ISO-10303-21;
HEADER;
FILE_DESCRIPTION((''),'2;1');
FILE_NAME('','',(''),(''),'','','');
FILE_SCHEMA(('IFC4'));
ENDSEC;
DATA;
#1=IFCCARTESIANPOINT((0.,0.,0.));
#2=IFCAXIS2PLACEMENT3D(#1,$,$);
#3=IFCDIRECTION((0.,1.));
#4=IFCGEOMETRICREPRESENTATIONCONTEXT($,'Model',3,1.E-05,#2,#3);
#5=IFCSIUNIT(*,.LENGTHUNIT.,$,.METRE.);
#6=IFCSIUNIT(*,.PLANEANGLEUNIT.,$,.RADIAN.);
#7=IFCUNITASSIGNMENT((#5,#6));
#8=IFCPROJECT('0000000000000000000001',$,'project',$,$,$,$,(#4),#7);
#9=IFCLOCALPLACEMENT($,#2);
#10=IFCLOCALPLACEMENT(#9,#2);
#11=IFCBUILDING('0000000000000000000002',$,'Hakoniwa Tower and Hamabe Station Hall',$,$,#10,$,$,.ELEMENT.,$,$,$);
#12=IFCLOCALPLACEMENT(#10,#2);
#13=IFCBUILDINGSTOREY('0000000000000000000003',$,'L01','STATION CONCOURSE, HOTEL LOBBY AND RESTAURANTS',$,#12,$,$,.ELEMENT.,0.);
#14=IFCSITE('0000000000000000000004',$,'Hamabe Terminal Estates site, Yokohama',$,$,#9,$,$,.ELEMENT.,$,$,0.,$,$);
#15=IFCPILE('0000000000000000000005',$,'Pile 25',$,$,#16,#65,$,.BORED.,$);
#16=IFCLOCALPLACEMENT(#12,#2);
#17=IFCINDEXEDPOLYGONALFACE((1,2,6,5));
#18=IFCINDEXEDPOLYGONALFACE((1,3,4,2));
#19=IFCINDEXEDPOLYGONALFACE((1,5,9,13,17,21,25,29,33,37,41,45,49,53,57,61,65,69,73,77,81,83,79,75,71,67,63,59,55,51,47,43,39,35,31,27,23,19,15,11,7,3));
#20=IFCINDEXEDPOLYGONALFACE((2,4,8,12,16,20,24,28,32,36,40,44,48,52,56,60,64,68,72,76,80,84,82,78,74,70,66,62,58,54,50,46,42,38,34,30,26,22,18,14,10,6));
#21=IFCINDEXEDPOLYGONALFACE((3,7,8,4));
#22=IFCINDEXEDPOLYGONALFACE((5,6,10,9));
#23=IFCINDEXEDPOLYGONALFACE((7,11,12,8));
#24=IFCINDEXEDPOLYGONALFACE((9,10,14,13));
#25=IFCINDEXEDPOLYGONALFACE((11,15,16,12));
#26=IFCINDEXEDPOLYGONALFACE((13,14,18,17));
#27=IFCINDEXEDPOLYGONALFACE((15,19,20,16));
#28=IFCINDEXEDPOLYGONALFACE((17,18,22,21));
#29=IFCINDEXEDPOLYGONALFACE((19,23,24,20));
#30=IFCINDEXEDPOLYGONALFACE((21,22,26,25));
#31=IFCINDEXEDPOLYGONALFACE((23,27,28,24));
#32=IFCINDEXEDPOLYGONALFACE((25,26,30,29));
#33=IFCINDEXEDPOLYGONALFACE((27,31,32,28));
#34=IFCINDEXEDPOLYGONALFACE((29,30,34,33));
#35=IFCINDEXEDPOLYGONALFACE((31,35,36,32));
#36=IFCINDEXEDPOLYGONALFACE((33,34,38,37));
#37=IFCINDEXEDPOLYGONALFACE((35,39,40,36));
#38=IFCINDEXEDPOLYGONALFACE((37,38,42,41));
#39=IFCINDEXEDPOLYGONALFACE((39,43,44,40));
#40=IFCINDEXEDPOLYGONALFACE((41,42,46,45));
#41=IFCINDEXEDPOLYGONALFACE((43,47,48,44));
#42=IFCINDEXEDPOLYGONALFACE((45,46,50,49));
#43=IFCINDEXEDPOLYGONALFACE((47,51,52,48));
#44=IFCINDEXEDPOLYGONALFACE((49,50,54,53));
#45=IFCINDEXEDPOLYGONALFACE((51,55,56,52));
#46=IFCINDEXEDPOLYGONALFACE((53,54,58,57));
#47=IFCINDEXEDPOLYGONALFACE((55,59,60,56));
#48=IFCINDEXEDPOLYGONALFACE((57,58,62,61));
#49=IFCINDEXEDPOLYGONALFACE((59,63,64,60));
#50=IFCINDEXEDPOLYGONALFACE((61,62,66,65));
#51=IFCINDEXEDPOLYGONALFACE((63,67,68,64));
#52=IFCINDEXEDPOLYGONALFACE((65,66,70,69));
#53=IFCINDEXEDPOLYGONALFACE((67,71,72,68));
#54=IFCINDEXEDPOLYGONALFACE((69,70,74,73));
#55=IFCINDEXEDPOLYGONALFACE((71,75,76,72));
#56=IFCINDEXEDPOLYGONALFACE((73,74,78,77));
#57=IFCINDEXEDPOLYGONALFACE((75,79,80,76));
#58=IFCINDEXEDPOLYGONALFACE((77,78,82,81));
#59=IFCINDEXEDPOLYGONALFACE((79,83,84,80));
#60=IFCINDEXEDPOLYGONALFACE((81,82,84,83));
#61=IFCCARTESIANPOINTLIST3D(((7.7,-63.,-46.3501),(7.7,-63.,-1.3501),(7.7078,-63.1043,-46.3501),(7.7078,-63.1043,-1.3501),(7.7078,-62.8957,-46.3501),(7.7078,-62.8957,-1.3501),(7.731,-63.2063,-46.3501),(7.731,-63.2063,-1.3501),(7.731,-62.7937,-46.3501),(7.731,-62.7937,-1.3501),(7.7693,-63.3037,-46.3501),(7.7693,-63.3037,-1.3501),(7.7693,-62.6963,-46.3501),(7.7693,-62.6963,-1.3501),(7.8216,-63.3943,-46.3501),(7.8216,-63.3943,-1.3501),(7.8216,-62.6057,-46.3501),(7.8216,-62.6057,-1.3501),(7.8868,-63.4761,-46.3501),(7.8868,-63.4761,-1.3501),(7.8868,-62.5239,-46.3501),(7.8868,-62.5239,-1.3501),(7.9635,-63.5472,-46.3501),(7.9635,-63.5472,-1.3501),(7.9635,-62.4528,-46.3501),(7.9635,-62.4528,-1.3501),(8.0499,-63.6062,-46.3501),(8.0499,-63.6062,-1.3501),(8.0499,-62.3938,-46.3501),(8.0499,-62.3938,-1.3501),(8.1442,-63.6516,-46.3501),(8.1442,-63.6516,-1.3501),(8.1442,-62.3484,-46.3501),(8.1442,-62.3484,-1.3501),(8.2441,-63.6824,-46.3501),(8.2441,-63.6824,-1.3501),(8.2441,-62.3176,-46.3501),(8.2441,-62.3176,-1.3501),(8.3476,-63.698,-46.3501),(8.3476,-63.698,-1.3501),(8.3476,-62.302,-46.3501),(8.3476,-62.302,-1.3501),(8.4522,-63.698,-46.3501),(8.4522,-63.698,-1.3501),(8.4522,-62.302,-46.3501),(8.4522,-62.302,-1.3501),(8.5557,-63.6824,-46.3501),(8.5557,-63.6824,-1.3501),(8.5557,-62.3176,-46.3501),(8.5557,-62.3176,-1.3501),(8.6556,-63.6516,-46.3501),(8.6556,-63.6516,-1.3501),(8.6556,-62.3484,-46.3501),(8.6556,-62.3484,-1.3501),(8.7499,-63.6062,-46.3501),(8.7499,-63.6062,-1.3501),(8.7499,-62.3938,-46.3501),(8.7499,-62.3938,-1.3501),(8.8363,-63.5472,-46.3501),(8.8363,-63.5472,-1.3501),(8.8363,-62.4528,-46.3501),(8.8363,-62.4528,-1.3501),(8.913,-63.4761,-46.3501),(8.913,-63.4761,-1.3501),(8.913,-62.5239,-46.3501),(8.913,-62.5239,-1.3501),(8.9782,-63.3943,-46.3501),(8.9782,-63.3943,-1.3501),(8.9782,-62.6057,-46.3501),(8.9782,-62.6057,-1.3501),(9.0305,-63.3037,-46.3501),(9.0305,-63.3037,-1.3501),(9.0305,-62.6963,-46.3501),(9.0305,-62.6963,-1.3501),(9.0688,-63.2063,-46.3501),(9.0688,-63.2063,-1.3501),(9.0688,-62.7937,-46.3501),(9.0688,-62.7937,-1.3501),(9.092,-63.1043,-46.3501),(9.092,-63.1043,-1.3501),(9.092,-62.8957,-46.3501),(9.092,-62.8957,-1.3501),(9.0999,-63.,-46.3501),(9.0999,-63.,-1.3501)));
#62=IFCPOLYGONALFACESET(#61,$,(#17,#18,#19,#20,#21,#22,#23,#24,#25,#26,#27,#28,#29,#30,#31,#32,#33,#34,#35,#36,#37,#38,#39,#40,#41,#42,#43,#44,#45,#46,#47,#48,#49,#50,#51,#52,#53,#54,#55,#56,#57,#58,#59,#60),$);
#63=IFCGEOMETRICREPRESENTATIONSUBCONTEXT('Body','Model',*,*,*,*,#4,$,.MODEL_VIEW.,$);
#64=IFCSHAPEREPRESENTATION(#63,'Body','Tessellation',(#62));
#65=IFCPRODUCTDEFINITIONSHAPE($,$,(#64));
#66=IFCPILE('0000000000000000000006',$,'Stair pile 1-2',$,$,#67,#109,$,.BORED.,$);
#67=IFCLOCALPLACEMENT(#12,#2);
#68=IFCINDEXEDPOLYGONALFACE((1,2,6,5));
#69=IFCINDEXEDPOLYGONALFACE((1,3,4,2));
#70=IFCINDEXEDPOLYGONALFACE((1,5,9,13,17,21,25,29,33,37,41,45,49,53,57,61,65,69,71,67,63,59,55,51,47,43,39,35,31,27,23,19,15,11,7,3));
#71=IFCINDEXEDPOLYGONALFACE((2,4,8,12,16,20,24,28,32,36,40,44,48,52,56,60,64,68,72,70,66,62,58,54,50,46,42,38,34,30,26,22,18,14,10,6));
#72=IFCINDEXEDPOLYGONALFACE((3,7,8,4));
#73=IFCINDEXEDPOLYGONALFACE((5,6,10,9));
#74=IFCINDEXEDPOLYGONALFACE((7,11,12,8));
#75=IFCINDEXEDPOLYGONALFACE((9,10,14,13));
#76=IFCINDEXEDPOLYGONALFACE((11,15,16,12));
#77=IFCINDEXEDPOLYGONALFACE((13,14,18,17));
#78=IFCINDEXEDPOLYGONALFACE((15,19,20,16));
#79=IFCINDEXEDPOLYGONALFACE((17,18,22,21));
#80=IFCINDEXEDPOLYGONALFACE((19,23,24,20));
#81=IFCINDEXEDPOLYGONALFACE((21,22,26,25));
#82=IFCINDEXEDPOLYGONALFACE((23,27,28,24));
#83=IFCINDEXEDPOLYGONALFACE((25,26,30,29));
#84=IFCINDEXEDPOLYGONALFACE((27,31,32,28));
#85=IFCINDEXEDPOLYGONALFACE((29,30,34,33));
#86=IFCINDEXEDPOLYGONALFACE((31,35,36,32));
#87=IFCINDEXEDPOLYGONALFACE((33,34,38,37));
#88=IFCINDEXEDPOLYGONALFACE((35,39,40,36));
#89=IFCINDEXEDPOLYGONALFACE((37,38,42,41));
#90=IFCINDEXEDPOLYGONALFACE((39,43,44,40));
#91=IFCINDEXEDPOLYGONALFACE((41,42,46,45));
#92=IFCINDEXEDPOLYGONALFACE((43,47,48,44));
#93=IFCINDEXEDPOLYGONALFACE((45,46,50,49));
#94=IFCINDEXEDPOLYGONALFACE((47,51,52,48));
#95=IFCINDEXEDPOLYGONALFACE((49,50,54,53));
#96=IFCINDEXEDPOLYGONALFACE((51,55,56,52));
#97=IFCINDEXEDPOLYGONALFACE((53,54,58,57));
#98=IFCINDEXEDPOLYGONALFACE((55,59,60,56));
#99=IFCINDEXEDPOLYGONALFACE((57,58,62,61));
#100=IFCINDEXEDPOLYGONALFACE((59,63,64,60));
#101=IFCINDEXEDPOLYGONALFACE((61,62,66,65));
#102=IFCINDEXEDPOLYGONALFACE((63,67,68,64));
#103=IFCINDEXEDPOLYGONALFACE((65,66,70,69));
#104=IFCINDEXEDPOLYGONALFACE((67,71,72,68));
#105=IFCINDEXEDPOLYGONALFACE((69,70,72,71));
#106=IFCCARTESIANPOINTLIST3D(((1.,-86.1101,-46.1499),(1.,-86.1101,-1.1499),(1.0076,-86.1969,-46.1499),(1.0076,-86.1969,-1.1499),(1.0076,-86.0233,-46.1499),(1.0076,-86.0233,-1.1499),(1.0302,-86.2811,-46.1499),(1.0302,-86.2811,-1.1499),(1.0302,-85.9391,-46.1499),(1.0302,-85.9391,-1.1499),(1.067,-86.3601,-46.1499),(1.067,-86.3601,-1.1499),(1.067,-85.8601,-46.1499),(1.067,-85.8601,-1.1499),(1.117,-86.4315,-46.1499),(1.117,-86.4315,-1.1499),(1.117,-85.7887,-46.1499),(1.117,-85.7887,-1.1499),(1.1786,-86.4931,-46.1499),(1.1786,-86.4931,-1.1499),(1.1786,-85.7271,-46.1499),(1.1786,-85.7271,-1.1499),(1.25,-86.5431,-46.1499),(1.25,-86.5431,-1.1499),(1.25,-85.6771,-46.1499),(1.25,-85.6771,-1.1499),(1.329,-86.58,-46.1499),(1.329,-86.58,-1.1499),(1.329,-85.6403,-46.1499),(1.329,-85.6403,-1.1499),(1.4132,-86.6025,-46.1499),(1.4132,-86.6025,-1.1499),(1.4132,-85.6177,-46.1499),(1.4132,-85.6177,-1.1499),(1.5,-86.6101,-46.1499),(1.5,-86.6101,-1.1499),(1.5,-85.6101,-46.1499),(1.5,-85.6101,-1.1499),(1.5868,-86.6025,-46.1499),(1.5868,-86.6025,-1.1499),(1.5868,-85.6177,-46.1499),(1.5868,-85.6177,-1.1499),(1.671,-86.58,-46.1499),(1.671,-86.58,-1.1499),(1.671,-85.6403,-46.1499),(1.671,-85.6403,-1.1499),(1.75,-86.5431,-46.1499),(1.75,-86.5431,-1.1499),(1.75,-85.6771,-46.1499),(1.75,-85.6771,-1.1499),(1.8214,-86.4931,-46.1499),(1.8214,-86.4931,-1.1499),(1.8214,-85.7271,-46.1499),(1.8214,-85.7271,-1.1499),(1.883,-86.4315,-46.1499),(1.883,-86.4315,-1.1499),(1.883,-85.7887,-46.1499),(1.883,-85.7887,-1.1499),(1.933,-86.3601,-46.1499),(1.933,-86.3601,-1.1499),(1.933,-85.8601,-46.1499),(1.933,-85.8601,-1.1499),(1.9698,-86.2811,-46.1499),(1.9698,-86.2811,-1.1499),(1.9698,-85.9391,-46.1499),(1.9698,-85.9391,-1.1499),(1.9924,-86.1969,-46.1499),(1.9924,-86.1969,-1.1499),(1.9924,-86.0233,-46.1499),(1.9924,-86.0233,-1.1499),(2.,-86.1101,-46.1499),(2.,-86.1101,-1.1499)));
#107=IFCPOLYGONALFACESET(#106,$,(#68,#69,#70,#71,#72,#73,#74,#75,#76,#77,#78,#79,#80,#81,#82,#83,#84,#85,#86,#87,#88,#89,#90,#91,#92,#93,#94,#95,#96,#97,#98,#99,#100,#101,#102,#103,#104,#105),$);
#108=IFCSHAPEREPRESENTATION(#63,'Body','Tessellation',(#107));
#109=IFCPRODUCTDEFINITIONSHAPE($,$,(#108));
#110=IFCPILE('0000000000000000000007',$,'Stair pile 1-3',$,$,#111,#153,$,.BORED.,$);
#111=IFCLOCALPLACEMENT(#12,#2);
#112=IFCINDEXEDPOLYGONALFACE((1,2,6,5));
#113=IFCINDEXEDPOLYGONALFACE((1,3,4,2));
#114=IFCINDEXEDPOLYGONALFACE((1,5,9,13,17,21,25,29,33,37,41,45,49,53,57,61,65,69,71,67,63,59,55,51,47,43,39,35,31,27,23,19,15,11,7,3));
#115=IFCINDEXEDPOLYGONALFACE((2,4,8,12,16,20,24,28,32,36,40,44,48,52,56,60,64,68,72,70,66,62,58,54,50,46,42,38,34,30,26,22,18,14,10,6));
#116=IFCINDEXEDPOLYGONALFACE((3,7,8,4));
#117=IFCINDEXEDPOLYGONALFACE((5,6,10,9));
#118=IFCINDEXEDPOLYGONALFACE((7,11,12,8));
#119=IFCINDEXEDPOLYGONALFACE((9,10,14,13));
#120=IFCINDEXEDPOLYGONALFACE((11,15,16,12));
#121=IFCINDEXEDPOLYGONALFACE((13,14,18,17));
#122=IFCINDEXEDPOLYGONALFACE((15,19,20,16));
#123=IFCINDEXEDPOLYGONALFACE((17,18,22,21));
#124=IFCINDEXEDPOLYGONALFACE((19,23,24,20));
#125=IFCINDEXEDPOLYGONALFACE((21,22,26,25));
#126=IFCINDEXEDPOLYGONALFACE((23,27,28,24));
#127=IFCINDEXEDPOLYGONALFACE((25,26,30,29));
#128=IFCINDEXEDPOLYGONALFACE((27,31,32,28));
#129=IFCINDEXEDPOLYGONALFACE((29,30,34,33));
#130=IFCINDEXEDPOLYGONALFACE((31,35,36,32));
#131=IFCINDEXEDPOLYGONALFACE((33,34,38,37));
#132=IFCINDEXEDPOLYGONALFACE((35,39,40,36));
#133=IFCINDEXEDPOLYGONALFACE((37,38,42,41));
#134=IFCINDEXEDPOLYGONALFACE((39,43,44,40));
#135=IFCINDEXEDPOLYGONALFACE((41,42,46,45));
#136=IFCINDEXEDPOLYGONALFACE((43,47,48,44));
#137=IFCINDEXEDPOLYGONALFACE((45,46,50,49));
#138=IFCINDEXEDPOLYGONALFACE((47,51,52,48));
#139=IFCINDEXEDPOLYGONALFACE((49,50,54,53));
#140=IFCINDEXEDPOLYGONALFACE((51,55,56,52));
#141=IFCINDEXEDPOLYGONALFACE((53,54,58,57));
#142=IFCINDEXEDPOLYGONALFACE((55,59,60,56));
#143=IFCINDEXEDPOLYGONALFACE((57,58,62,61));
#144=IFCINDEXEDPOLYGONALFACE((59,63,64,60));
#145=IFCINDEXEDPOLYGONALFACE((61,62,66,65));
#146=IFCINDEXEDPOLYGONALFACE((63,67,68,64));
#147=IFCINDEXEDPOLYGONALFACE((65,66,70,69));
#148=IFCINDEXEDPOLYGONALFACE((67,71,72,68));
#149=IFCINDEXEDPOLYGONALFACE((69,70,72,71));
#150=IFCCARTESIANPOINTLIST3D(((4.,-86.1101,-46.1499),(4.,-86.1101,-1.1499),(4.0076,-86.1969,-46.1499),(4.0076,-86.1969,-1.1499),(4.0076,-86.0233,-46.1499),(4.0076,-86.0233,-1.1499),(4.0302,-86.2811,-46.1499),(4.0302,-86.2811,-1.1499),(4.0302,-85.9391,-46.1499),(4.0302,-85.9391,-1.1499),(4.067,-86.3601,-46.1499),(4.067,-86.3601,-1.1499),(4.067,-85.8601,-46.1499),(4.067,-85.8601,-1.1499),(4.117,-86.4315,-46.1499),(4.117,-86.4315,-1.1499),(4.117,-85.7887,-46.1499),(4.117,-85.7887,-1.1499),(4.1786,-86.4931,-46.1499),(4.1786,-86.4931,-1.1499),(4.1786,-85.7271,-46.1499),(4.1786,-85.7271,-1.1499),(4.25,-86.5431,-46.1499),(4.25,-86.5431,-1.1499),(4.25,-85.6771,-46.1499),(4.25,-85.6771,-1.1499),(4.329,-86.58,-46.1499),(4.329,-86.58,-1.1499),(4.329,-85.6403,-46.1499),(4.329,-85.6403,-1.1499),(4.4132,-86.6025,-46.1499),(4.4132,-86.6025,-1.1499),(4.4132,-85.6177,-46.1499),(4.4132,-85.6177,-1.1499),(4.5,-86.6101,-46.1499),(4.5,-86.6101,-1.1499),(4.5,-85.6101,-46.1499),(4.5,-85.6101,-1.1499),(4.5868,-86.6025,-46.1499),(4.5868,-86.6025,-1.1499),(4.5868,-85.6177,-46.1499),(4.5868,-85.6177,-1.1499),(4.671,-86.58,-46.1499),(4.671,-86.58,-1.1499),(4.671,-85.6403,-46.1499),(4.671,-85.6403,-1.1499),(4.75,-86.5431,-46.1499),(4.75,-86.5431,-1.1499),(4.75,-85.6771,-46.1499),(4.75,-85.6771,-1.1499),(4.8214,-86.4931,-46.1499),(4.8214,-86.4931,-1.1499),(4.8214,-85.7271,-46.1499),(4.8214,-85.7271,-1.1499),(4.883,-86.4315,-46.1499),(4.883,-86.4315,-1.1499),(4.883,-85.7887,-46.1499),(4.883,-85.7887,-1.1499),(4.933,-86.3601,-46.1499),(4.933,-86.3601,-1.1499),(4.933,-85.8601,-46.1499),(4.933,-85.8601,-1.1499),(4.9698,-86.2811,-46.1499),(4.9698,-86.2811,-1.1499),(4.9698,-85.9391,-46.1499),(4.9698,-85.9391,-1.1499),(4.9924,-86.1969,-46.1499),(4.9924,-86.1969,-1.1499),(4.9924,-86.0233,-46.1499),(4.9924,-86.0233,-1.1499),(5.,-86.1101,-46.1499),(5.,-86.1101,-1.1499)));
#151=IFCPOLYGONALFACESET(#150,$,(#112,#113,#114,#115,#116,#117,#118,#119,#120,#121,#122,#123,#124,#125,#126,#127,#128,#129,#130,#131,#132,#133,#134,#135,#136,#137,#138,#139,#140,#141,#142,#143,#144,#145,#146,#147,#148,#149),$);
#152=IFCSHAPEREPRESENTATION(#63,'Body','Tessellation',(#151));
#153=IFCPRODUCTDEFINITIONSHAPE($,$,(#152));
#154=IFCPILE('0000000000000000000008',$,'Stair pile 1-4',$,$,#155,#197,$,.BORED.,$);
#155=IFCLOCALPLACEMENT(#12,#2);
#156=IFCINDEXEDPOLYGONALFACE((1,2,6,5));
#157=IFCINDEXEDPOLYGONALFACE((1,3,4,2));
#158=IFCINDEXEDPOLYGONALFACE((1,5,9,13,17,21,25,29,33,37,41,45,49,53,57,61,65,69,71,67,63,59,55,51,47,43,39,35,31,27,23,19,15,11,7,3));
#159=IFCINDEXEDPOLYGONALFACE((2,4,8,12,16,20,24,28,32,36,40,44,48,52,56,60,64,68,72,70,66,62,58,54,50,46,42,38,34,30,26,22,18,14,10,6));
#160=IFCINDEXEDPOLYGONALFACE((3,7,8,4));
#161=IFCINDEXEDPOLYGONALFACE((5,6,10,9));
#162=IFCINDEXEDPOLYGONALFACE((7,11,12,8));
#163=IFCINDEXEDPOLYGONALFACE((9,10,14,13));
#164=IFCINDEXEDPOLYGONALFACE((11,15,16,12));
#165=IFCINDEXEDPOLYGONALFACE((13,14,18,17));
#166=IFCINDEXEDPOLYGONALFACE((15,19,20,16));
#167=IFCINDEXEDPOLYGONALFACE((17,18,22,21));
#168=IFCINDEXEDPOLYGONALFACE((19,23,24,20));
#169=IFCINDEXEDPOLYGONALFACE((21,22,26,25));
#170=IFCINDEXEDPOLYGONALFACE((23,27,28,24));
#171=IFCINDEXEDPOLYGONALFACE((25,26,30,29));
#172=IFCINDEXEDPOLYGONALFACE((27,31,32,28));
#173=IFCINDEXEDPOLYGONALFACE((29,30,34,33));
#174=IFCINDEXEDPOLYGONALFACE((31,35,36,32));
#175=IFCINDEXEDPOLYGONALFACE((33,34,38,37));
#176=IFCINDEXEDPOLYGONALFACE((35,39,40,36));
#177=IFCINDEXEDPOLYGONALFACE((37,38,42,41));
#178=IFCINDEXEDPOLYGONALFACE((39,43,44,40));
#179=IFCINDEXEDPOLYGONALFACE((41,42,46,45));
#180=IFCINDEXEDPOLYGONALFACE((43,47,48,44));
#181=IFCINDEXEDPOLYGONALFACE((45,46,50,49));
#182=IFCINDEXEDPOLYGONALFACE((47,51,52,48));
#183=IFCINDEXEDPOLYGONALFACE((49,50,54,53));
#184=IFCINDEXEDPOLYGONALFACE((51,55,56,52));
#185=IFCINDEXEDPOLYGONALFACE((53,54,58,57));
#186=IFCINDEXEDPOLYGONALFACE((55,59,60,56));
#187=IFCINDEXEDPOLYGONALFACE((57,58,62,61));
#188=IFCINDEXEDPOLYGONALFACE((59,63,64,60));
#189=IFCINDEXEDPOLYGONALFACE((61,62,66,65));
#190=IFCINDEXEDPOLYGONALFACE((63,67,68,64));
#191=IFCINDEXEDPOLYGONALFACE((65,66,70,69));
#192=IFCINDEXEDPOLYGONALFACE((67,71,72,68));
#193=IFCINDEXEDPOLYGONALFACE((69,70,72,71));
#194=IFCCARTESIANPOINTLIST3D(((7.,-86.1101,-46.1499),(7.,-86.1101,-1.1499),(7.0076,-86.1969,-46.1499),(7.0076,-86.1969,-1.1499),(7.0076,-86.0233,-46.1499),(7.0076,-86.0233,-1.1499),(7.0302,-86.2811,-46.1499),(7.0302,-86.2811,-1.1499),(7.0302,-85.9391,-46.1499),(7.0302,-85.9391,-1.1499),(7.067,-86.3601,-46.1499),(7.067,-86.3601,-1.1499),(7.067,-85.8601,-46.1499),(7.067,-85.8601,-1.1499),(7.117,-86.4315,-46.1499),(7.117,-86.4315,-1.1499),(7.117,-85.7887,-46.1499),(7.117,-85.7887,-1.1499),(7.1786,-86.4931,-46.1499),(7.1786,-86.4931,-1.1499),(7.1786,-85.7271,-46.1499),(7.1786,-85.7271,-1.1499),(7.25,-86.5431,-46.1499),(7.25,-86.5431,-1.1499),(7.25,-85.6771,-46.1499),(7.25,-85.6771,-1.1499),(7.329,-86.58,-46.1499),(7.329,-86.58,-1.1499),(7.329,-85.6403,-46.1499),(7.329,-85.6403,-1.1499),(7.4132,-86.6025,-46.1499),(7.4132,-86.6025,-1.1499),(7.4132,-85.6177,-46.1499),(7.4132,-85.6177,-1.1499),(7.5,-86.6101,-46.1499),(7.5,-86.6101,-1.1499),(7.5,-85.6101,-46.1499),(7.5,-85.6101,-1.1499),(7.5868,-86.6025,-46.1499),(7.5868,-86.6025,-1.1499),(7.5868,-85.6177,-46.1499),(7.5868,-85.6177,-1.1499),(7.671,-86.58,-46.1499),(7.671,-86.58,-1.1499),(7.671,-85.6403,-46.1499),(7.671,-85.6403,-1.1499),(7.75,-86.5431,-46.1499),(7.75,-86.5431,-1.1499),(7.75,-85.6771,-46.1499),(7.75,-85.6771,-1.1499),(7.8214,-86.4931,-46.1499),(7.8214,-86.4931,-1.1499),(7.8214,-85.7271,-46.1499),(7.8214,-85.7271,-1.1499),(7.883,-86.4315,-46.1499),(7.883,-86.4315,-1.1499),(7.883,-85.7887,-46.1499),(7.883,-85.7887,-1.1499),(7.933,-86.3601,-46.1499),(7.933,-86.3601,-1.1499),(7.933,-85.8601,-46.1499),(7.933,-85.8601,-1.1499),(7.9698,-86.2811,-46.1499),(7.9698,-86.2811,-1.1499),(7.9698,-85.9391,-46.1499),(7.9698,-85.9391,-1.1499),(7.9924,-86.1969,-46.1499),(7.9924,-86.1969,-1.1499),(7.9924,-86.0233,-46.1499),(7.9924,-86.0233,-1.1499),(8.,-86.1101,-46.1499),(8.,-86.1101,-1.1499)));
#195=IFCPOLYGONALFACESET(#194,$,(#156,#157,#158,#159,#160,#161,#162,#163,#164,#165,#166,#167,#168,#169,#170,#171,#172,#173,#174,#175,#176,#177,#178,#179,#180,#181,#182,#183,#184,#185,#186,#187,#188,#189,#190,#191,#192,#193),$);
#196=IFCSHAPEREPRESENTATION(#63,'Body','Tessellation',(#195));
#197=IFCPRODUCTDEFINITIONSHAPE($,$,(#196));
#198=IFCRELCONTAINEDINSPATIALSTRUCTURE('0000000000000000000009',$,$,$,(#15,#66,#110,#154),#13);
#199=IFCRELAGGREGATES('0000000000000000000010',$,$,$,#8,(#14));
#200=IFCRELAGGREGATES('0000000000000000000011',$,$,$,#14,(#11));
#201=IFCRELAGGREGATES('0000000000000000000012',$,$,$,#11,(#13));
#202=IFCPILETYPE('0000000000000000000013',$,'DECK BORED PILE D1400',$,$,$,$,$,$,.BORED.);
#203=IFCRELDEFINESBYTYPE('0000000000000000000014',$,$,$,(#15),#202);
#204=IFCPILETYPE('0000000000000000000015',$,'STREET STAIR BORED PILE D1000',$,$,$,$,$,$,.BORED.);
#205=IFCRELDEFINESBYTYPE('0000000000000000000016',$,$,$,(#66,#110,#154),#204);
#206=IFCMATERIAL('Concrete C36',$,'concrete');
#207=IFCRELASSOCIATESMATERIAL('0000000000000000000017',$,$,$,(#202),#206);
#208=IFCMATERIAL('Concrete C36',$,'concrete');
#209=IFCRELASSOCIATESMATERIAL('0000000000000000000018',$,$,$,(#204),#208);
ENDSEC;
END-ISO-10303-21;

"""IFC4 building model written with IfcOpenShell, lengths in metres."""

from ifc_helpers import new_model, si_unit, direction, frame, origin, origin_2d, place, context, subcontext, project, spatial, circle, extrude, material, material_profile, profile_set, type_object, element, save


model = new_model("IFC4")

# Units and contexts
model_context = context("Model", 3, precision=1e-05, world=origin(), true_north=direction((0.0, 1.0)))
body_context = subcontext(model_context, "Body", "Model", "MODEL_VIEW")
ifc_project = project(units=[si_unit("LENGTHUNIT", "METRE"), si_unit("PLANEANGLEUNIT", "RADIAN")], contexts=[model_context])

# Site, building, storey
site_placement = place(None, origin())
site = spatial("IfcSite", under=ifc_project, at=site_placement, Name="Hamabe Terminal Estates site, Yokohama", CompositionType="ELEMENT", RefElevation=0.0)
building_placement = place(site_placement, origin())
building = spatial("IfcBuilding", under=site, at=building_placement, Name="Hakoniwa Tower and Hamabe Station Hall", CompositionType="ELEMENT")
storey_placement = place(building_placement, origin())
storey = spatial("IfcBuildingStorey", under=building, at=storey_placement, Name="L01", Description="STATION CONCOURSE, HOTEL LOBBY AND RESTAURANTS", CompositionType="ELEMENT", Elevation=0.0)

# Piles
ifc_material_1 = material(Name="Concrete C36", Category="concrete")
ifc_material_profile_1 = material_profile(ifc_material_1, circle(Radius=0.7, at=origin_2d()), Name="DECK BORED PILE D1400")
ifc_profile_set_1 = profile_set([ifc_material_profile_1], Name="Concrete C36")
pile_type_1 = type_object("IfcPileType", Name="DECK BORED PILE D1400", PredefinedType="BORED", material=ifc_profile_set_1)
pile_placement = place(storey_placement, frame((8.3999, -63.0, -1.3501), z_axis=(0.0, 0.0, -1.0), x_axis=(1.0, 0.0, 0.0)))
element("IfcPile", 1, at=pile_placement, inside=storey, type_object=pile_type_1, Name="Pile 25", PredefinedType="BORED", context=body_context, shape_type="SweptSolid", body=[
    extrude(circle(Radius=0.7, at=origin_2d()), origin(), (0.0, 0.0, 1.0), 45.0),
])
ifc_material_2 = material(Name="Concrete C36", Category="concrete")
ifc_material_profile_2 = material_profile(ifc_material_2, circle(Radius=0.5, at=origin_2d()), Name="STREET STAIR BORED PILE D1000")
ifc_profile_set_2 = profile_set([ifc_material_profile_2], Name="Concrete C36")
pile_type_2 = type_object("IfcPileType", Name="STREET STAIR BORED PILE D1000", PredefinedType="BORED", material=ifc_profile_set_2)
for number, where, z_axis, x_axis, name in (
    (2, (1.5, -86.1101, -1.1499), (0.0, 0.0, -1.0), (1.0, 0.0, 0.0), "Stair pile 1-2"),
    (3, (4.5, -86.1101, -1.1499), (0.0, 0.0, -1.0), (1.0, 0.0, 0.0), "Stair pile 1-3"),
    (4, (7.5, -86.1101, -1.1499), (0.0, 0.0, -1.0), (1.0, 0.0, 0.0), "Stair pile 1-4"),
):
    element("IfcPile", number, at=place(storey_placement, frame(where, z_axis=z_axis, x_axis=x_axis)), inside=storey, type_object=pile_type_2, Name=name, PredefinedType="BORED", context=body_context, shape_type="SweptSolid", body=[
        extrude(circle(Radius=0.5, at=origin_2d()), origin(), (0.0, 0.0, 1.0), 45.0),
    ])

save(model, "model.ifc")
